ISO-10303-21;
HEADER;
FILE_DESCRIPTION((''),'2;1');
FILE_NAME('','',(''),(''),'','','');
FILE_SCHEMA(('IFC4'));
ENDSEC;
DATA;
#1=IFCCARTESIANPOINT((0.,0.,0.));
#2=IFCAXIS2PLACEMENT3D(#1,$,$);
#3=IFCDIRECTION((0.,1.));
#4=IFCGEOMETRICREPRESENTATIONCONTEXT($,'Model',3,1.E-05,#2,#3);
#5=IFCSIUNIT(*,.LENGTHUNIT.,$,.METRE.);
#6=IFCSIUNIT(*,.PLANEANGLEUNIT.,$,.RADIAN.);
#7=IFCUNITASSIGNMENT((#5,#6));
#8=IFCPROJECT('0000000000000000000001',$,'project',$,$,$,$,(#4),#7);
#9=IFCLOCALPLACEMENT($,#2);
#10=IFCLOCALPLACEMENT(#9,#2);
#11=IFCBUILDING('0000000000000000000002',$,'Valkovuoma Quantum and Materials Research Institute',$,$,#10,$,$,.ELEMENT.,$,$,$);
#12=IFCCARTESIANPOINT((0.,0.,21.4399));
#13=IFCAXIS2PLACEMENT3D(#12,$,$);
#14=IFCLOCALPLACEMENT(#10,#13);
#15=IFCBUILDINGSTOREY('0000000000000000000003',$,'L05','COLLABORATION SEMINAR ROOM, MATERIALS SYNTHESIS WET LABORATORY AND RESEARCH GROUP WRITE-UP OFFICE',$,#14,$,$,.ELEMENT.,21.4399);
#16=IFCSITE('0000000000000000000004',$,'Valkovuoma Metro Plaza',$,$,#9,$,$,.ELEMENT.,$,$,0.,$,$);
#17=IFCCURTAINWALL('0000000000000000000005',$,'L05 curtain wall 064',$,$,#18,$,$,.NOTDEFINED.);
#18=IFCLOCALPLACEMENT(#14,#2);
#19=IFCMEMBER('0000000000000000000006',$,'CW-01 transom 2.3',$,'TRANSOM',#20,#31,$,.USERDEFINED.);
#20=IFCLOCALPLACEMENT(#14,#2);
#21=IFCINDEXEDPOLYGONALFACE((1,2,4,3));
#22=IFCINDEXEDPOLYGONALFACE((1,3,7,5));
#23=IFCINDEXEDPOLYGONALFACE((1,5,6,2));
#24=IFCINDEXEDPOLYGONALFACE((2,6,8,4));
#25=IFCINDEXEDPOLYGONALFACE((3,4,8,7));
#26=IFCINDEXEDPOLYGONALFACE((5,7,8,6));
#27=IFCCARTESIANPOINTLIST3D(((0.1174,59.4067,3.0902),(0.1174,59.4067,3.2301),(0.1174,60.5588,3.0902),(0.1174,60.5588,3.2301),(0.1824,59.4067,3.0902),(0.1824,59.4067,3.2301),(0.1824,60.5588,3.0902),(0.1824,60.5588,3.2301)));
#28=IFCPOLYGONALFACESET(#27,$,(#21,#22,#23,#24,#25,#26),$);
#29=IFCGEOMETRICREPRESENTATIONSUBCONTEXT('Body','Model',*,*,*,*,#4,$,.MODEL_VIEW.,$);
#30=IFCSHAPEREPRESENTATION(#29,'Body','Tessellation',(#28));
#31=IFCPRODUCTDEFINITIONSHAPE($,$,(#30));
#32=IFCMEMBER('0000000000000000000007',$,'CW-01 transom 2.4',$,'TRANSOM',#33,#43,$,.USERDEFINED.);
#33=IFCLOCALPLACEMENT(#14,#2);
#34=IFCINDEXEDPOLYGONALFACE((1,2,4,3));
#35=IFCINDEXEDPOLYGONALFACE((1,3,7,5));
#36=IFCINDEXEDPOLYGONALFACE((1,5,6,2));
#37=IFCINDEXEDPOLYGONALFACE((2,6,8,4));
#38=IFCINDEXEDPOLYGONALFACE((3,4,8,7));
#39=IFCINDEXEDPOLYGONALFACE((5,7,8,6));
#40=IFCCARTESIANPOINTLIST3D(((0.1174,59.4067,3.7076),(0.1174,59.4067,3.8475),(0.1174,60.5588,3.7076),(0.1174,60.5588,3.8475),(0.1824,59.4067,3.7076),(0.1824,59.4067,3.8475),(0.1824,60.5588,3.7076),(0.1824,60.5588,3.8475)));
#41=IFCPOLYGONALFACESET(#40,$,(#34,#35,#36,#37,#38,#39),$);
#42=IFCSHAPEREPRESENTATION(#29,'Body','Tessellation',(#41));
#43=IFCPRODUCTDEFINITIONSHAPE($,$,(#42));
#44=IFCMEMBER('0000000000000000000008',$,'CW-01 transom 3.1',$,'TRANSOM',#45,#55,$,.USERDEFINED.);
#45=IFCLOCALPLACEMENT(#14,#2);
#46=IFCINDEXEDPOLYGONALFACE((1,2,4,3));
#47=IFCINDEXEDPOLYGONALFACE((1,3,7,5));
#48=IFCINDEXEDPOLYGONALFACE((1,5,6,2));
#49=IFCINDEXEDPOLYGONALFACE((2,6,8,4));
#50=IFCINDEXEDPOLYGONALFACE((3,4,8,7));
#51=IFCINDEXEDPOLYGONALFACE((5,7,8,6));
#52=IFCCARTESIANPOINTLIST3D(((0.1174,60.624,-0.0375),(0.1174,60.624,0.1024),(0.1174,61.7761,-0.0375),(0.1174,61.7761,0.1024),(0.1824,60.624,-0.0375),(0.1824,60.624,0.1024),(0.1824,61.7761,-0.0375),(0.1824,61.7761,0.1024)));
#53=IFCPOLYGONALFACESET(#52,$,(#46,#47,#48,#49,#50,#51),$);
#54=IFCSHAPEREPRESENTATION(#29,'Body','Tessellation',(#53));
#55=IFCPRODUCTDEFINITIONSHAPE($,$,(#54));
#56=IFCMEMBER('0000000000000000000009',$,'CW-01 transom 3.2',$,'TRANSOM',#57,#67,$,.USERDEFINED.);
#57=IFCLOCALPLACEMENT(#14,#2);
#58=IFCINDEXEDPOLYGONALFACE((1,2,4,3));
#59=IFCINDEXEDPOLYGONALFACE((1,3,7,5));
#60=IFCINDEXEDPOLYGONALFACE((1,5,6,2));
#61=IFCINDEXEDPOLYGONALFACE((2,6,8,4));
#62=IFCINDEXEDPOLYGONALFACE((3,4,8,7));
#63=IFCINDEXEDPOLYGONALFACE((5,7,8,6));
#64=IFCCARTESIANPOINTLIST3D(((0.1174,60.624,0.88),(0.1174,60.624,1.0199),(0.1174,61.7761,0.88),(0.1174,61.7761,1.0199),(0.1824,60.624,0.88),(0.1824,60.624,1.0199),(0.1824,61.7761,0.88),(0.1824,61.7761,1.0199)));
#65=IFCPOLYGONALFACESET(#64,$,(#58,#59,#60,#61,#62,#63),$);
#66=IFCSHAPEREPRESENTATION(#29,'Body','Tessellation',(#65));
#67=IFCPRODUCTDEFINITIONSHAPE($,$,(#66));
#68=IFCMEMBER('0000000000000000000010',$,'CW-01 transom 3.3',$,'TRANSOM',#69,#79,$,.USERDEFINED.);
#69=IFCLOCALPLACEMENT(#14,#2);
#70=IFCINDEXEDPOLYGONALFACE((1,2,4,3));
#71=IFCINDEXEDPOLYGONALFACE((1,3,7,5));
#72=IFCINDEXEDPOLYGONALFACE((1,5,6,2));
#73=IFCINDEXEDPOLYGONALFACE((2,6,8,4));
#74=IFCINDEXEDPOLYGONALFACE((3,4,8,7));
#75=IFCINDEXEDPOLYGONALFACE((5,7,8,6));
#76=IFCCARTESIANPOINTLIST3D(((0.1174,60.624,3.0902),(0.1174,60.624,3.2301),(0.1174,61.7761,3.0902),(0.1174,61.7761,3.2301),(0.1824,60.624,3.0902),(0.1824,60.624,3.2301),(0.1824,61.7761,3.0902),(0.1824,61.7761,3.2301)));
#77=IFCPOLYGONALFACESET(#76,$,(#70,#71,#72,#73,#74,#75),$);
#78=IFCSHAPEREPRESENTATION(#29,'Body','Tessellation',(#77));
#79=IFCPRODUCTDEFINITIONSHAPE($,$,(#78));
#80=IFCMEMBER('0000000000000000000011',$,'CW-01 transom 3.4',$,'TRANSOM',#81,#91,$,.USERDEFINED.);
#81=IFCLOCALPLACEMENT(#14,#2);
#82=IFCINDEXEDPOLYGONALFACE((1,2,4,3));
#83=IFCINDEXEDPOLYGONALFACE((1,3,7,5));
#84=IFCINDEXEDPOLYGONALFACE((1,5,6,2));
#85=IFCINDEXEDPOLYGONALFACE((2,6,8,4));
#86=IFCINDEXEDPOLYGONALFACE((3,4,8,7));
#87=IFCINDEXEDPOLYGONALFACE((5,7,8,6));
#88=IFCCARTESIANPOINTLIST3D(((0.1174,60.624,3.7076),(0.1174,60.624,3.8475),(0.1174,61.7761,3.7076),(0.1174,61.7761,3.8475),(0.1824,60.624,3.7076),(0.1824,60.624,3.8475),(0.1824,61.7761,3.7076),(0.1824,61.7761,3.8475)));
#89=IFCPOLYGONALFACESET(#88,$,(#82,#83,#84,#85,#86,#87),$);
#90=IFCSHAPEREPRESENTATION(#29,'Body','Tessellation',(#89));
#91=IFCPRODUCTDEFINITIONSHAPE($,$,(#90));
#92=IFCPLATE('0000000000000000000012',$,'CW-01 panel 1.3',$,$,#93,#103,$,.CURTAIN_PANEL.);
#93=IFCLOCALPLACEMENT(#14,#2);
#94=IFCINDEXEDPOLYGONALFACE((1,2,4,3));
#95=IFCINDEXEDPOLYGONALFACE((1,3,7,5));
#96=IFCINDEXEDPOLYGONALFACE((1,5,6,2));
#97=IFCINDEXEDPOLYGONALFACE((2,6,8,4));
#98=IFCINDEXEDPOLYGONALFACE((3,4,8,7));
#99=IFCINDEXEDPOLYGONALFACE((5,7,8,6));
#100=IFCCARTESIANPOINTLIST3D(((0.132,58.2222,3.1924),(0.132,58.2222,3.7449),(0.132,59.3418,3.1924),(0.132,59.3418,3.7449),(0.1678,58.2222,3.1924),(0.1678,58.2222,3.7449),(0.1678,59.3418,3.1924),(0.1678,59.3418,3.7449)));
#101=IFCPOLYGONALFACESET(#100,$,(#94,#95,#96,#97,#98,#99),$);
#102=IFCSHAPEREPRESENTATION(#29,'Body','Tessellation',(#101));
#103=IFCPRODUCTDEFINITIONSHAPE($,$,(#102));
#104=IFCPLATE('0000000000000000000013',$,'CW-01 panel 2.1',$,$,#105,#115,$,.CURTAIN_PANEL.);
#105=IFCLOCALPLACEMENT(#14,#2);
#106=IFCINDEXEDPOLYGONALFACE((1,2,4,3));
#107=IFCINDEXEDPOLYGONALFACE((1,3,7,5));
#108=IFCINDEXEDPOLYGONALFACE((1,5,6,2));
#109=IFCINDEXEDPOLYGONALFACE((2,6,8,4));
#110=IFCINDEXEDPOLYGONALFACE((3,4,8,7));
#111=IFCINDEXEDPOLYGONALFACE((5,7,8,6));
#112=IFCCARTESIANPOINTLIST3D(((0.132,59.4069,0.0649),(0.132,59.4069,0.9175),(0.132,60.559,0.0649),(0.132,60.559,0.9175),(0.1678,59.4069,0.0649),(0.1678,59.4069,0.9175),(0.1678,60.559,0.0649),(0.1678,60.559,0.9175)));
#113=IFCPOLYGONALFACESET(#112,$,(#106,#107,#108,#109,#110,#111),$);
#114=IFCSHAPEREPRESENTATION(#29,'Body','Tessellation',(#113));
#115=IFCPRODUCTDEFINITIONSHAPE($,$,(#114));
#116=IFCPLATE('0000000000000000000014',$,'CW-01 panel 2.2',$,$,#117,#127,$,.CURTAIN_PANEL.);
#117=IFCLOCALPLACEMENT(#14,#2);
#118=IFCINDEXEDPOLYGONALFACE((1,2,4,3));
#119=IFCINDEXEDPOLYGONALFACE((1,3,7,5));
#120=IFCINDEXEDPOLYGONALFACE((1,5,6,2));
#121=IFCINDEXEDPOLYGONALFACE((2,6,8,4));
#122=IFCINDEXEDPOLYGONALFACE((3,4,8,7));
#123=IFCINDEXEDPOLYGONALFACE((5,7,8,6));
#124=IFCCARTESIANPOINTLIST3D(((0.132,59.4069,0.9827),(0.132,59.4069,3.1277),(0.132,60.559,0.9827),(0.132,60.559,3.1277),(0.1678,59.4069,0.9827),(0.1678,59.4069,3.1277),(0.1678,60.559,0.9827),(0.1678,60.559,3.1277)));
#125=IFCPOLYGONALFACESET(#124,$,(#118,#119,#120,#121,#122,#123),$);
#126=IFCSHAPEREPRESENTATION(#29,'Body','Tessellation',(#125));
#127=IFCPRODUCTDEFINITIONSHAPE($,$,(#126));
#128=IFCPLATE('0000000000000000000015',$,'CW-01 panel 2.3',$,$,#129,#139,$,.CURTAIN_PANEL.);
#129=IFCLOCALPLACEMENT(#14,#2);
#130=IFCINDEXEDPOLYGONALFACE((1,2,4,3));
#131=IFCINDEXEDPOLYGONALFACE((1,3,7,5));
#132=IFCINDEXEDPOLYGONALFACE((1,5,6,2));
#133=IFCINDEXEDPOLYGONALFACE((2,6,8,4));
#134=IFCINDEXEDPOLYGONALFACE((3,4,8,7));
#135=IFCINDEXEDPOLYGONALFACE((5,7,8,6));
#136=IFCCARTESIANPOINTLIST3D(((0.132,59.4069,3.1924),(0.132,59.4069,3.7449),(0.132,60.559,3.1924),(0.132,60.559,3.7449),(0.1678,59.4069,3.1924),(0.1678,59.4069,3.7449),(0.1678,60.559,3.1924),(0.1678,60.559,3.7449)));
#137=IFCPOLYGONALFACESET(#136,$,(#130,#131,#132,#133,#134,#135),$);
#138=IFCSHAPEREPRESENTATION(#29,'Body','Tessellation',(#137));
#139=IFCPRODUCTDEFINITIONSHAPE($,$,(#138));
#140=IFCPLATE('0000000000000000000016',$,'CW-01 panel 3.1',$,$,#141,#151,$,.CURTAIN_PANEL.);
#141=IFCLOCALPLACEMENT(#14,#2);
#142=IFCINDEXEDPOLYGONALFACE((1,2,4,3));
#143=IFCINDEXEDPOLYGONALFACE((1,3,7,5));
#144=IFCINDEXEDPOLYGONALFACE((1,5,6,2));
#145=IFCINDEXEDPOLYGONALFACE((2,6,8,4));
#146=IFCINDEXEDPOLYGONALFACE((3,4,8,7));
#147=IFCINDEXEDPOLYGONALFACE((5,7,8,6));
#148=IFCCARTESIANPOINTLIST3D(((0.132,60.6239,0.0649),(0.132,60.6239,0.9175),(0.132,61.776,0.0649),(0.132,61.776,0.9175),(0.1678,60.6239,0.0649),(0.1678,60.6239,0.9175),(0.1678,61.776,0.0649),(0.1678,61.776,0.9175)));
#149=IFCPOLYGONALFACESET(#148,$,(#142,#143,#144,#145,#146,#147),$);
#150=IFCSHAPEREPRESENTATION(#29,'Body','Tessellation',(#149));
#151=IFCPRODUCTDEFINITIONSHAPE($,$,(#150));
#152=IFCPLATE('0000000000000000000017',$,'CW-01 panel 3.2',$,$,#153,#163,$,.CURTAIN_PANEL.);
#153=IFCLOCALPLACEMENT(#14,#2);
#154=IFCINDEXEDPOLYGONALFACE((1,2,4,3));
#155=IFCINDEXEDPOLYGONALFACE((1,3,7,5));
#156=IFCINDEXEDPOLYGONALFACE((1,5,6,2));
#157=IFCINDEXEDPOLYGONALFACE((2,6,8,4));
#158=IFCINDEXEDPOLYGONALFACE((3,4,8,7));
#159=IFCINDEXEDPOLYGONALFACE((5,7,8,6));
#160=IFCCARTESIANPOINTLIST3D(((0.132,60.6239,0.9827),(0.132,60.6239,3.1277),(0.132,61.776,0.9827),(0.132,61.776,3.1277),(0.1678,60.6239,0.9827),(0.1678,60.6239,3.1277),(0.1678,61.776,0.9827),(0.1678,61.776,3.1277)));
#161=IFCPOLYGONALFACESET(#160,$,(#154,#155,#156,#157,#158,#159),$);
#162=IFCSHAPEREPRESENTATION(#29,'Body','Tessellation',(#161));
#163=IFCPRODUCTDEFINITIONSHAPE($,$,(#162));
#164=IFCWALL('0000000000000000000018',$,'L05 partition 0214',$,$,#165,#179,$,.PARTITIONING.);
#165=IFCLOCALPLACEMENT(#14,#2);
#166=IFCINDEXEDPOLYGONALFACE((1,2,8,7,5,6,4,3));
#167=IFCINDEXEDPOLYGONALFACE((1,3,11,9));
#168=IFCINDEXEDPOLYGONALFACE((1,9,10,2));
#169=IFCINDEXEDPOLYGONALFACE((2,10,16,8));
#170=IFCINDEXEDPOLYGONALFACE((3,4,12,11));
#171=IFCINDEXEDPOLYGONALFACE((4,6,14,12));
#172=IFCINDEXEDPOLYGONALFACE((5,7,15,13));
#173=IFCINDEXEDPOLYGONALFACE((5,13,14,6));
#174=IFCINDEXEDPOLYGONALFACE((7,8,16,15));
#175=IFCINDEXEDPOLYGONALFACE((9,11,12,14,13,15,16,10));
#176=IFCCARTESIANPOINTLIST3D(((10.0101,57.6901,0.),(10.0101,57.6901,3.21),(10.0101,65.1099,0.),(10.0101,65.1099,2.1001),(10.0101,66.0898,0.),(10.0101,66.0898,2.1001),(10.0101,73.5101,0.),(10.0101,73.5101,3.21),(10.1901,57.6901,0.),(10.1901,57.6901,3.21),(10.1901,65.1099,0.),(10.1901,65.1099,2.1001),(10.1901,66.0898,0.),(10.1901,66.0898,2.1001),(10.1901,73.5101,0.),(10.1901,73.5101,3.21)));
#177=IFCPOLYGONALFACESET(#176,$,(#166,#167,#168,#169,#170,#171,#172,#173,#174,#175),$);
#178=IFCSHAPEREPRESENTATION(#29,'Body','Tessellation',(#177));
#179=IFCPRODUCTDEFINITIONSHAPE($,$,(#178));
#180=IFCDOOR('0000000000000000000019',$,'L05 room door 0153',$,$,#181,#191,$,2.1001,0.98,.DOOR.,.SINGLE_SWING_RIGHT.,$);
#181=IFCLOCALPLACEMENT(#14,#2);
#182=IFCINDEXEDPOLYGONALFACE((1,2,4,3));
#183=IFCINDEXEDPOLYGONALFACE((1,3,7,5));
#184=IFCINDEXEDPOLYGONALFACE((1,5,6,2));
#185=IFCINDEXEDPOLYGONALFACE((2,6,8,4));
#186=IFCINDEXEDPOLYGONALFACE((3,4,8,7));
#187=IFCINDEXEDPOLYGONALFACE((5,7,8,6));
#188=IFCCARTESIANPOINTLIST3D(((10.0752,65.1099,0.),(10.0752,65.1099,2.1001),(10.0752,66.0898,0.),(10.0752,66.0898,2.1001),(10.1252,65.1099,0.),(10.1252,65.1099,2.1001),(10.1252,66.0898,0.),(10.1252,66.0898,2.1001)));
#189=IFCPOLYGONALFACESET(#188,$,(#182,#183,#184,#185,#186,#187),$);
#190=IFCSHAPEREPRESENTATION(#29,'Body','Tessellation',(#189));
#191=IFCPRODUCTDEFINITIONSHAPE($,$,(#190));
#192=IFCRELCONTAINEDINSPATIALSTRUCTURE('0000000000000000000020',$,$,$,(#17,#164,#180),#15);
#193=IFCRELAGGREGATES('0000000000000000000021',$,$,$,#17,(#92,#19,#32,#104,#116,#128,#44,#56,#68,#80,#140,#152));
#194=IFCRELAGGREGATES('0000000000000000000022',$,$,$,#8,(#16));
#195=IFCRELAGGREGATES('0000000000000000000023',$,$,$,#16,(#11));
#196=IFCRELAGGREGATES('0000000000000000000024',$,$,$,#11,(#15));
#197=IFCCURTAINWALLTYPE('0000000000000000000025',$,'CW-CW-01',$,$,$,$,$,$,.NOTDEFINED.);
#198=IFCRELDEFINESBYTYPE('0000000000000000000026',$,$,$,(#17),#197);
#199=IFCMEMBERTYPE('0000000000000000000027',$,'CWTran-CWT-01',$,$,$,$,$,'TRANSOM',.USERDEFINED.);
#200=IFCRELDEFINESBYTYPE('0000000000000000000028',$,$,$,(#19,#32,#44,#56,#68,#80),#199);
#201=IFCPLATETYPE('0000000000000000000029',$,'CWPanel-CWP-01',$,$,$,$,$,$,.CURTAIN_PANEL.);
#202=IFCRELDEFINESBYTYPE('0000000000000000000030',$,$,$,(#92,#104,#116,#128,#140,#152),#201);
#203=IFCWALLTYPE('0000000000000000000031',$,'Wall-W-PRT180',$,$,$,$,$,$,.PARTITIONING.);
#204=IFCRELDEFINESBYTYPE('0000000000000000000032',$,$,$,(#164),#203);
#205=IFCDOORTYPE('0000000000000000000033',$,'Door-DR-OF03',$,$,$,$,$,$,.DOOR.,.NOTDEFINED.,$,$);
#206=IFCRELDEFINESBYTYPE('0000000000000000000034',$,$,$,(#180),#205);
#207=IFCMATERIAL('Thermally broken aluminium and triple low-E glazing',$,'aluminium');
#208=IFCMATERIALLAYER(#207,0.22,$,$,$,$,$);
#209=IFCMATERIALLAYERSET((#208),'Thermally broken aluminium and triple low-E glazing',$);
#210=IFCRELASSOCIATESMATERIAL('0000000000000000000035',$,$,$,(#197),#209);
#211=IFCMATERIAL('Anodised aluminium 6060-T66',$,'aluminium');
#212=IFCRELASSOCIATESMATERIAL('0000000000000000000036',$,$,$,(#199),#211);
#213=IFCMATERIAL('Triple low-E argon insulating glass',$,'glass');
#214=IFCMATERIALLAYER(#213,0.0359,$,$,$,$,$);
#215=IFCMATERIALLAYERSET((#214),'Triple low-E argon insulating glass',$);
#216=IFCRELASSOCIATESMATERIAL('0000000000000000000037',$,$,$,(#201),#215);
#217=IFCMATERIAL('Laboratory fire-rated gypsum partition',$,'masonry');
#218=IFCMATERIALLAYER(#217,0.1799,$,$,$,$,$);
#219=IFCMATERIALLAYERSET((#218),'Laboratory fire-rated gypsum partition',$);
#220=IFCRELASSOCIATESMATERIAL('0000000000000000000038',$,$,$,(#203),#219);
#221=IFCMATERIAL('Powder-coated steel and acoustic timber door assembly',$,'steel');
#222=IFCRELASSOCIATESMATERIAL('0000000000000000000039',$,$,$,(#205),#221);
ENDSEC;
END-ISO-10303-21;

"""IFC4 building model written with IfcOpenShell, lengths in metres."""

from ifc_helpers import new_model, si_unit, direction, frame, frame_2d, origin, origin_2d, place, context, subcontext, project, spatial, rectangle, extrude, material, layer, layer_set, material_profile, profile_set, type_object, element, fill, aggregate, save


model = new_model("IFC4")

# Units and contexts
model_context = context("Model", 3, precision=1e-05, world=origin(), true_north=direction((0.0, 1.0)))
body_context = subcontext(model_context, "Body", "Model", "MODEL_VIEW")
ifc_project = project(units=[si_unit("LENGTHUNIT", "METRE"), si_unit("PLANEANGLEUNIT", "RADIAN")], contexts=[model_context])

# Site, building, storey
site_placement = place(None, origin())
site = spatial("IfcSite", under=ifc_project, at=site_placement, Name="Valkovuoma Metro Plaza", CompositionType="ELEMENT", RefElevation=0.0)
building_placement = place(site_placement, origin())
building = spatial("IfcBuilding", under=site, at=building_placement, Name="Valkovuoma Quantum and Materials Research Institute", CompositionType="ELEMENT")
storey_placement = place(building_placement, frame((0.0, 0.0, 21.4399)))
storey = spatial("IfcBuildingStorey", under=building, at=storey_placement, Name="L05", Description="COLLABORATION SEMINAR ROOM, MATERIALS SYNTHESIS WET LABORATORY AND RESEARCH GROUP WRITE-UP OFFICE", CompositionType="ELEMENT", Elevation=21.4399)

# Curtain wall, members, plates
ifc_material_1 = material(Name="Thermally broken aluminium and triple low-E glazing", Category="aluminium")
ifc_layer_1 = layer(ifc_material_1, 0.22)
ifc_layer_set_1 = layer_set([ifc_layer_1], Name="Thermally broken aluminium and triple low-E glazing")
curtain_wall_type = type_object("IfcCurtainWallType", Name="CW-CW-01", PredefinedType="NOTDEFINED", material=ifc_layer_set_1)
curtain_wall_placement = place(storey_placement, origin())
curtain_wall = element("IfcCurtainWall", 1, at=curtain_wall_placement, inside=storey, type_object=curtain_wall_type, Name="L05 curtain wall 064", PredefinedType="NOTDEFINED")
ifc_material_2 = material(Name="Anodised aluminium 6060-T66", Category="aluminium")
ifc_material_profile_1 = material_profile(ifc_material_2, rectangle(XDim=0.0649, YDim=0.1399, at=origin_2d()), Name="Anodised aluminium 6060-T66")
ifc_profile_set_1 = profile_set([ifc_material_profile_1], Name="Anodised aluminium 6060-T66")
member_type_1 = type_object("IfcMemberType", Name="CWTran-CWT-01", ElementType="TRANSOM", PredefinedType="USERDEFINED", material=ifc_profile_set_1)
member_1_placement = place(storey_placement, frame((0.1499, 59.4067, 3.1602), z_axis=(0.0, 1.0, 0.0), x_axis=(-1.0, 0.0, 0.0)))
member_1 = element("IfcMember", 2, at=member_1_placement, type_object=member_type_1, Name="CW-01 transom 2.3", ObjectType="TRANSOM", PredefinedType="USERDEFINED", context=body_context, shape_type="SweptSolid", body=[
    extrude(rectangle(XDim=0.0649, YDim=0.1399, at=origin_2d()), origin(), (0.0, 0.0, 1.0), 1.1521),
])
member_2_placement = place(storey_placement, frame((0.1499, 59.4067, 3.7776), z_axis=(0.0, 1.0, 0.0), x_axis=(-1.0, 0.0, 0.0)))
member_2 = element("IfcMember", 3, at=member_2_placement, type_object=member_type_1, Name="CW-01 transom 2.4", ObjectType="TRANSOM", PredefinedType="USERDEFINED", context=body_context, shape_type="SweptSolid", body=[
    extrude(rectangle(XDim=0.0649, YDim=0.1399, at=origin_2d()), origin(), (0.0, 0.0, 1.0), 1.1521),
])
member_3_placement = place(storey_placement, frame((0.1499, 60.624, 0.0325), z_axis=(0.0, 1.0, 0.0), x_axis=(-1.0, 0.0, 0.0)))
member_3 = element("IfcMember", 4, at=member_3_placement, type_object=member_type_1, Name="CW-01 transom 3.1", ObjectType="TRANSOM", PredefinedType="USERDEFINED", context=body_context, shape_type="SweptSolid", body=[
    extrude(rectangle(XDim=0.0649, YDim=0.1399, at=origin_2d()), origin(), (0.0, 0.0, 1.0), 1.1521),
])
member_4_placement = place(storey_placement, frame((0.1499, 60.624, 0.95), z_axis=(0.0, 1.0, 0.0), x_axis=(-1.0, 0.0, 0.0)))
member_4 = element("IfcMember", 5, at=member_4_placement, type_object=member_type_1, Name="CW-01 transom 3.2", ObjectType="TRANSOM", PredefinedType="USERDEFINED", context=body_context, shape_type="SweptSolid", body=[
    extrude(rectangle(XDim=0.0649, YDim=0.1399, at=origin_2d()), origin(), (0.0, 0.0, 1.0), 1.1521),
])
member_5_placement = place(storey_placement, frame((0.1499, 60.624, 3.1602), z_axis=(0.0, 1.0, 0.0), x_axis=(-1.0, 0.0, 0.0)))
member_5 = element("IfcMember", 6, at=member_5_placement, type_object=member_type_1, Name="CW-01 transom 3.3", ObjectType="TRANSOM", PredefinedType="USERDEFINED", context=body_context, shape_type="SweptSolid", body=[
    extrude(rectangle(XDim=0.0649, YDim=0.1399, at=origin_2d()), origin(), (0.0, 0.0, 1.0), 1.1521),
])
member_6_placement = place(storey_placement, frame((0.1499, 60.624, 3.7776), z_axis=(0.0, 1.0, 0.0), x_axis=(-1.0, 0.0, 0.0)))
member_6 = element("IfcMember", 7, at=member_6_placement, type_object=member_type_1, Name="CW-01 transom 3.4", ObjectType="TRANSOM", PredefinedType="USERDEFINED", context=body_context, shape_type="SweptSolid", body=[
    extrude(rectangle(XDim=0.0649, YDim=0.1399, at=origin_2d()), origin(), (0.0, 0.0, 1.0), 1.1521),
])
ifc_material_3 = material(Name="Triple low-E argon insulating glass", Category="glass")
ifc_layer_2 = layer(ifc_material_3, 0.0359)
ifc_layer_set_2 = layer_set([ifc_layer_2], Name="Triple low-E argon insulating glass")
plate_type = type_object("IfcPlateType", Name="CWPanel-CWP-01", PredefinedType="CURTAIN_PANEL", material=ifc_layer_set_2)
plate_1_placement = place(storey_placement, frame((0.1499, 58.782, 3.1924), z_axis=(0.0, 0.0, 1.0), x_axis=(0.0, 1.0, 0.0)))
plate_1 = element("IfcPlate", 8, at=plate_1_placement, type_object=plate_type, Name="CW-01 panel 1.3", PredefinedType="CURTAIN_PANEL", context=body_context, shape_type="SweptSolid", body=[
    extrude(rectangle(XDim=1.1196, YDim=0.0359, at=origin_2d()), origin(), (0.0, 0.0, 1.0), 0.5525),
])
plate_2_placement = place(storey_placement, frame((0.1499, 59.9829, 0.0649), z_axis=(0.0, 0.0, 1.0), x_axis=(0.0, 1.0, 0.0)))
plate_2 = element("IfcPlate", 9, at=plate_2_placement, type_object=plate_type, Name="CW-01 panel 2.1", PredefinedType="CURTAIN_PANEL", context=body_context, shape_type="SweptSolid", body=[
    extrude(rectangle(XDim=1.1521, YDim=0.0359, at=origin_2d()), origin(), (0.0, 0.0, 1.0), 0.8525),
])
plate_3_placement = place(storey_placement, frame((0.1499, 59.9829, 0.9827), z_axis=(0.0, 0.0, 1.0), x_axis=(0.0, 1.0, 0.0)))
plate_3 = element("IfcPlate", 10, at=plate_3_placement, type_object=plate_type, Name="CW-01 panel 2.2", PredefinedType="CURTAIN_PANEL", context=body_context, shape_type="SweptSolid", body=[
    extrude(rectangle(XDim=1.1521, YDim=0.0359, at=origin_2d()), origin(), (0.0, 0.0, 1.0), 2.145),
])
plate_4_placement = place(storey_placement, frame((0.1499, 59.9829, 3.1924), z_axis=(0.0, 0.0, 1.0), x_axis=(0.0, 1.0, 0.0)))
plate_4 = element("IfcPlate", 11, at=plate_4_placement, type_object=plate_type, Name="CW-01 panel 2.3", PredefinedType="CURTAIN_PANEL", context=body_context, shape_type="SweptSolid", body=[
    extrude(rectangle(XDim=1.1521, YDim=0.0359, at=origin_2d()), origin(), (0.0, 0.0, 1.0), 0.5525),
])
plate_5_placement = place(storey_placement, frame((0.1499, 61.2, 0.0649), z_axis=(0.0, 0.0, 1.0), x_axis=(0.0, 1.0, 0.0)))
plate_5 = element("IfcPlate", 12, at=plate_5_placement, type_object=plate_type, Name="CW-01 panel 3.1", PredefinedType="CURTAIN_PANEL", context=body_context, shape_type="SweptSolid", body=[
    extrude(rectangle(XDim=1.1521, YDim=0.0359, at=origin_2d()), origin(), (0.0, 0.0, 1.0), 0.8525),
])
plate_6_placement = place(storey_placement, frame((0.1499, 61.2, 0.9827), z_axis=(0.0, 0.0, 1.0), x_axis=(0.0, 1.0, 0.0)))
plate_6 = element("IfcPlate", 13, at=plate_6_placement, type_object=plate_type, Name="CW-01 panel 3.2", PredefinedType="CURTAIN_PANEL", context=body_context, shape_type="SweptSolid", body=[
    extrude(rectangle(XDim=1.1521, YDim=0.0359, at=origin_2d()), origin(), (0.0, 0.0, 1.0), 2.145),
])
aggregate(curtain_wall, [plate_1, member_1, member_2, plate_2, plate_3, plate_4, member_3, member_4, member_5, member_6, plate_5, plate_6])

# Wall, opening, door
ifc_material_4 = material(Name="Laboratory fire-rated gypsum partition", Category="masonry")
ifc_layer_3 = layer(ifc_material_4, 0.1799)
ifc_layer_set_3 = layer_set([ifc_layer_3], Name="Laboratory fire-rated gypsum partition")
wall_type = type_object("IfcWallType", Name="Wall-W-PRT180", PredefinedType="PARTITIONING", material=ifc_layer_set_3)
wall_placement = place(storey_placement, frame((10.1001, 57.6899, 0.0), z_axis=(0.0, 0.0, 1.0), x_axis=(0.0, 1.0, 0.0)))
wall = element("IfcWall", 14, at=wall_placement, inside=storey, type_object=wall_type, Name="L05 partition 0214", PredefinedType="PARTITIONING", context=body_context, shape_type="SweptSolid", body=[
    extrude(rectangle(XDim=15.8201, YDim=0.1799, at=frame_2d((7.9102, 0.0))), origin(), (0.0, 0.0, 1.0), 3.21),
])
opening_placement = place(wall_placement, frame((7.4199, 0.0, 0.0)))
opening = element("IfcOpeningElement", 15, at=opening_placement, cuts=wall, PredefinedType="OPENING", context=body_context, shape_type="SweptSolid", body=[
    extrude(rectangle(XDim=0.98, YDim=2.1001, at=frame_2d((0.49, 1.05))), frame((0.0, 0.1001, 0.0), z_axis=(0.0, -1.0, 0.0), x_axis=(1.0, 0.0, 0.0)), (0.0, 0.0, 1.0), 0.2),
])
ifc_material_5 = material(Name="Powder-coated steel and acoustic timber door assembly", Category="steel")
door_type = type_object("IfcDoorType", Name="Door-DR-OF03", OperationType="NOTDEFINED", PredefinedType="DOOR", material=ifc_material_5)
door_placement = place(opening_placement, origin())
door = element("IfcDoor", 16, at=door_placement, inside=storey, type_object=door_type, Name="L05 room door 0153", OperationType="SINGLE_SWING_RIGHT", OverallHeight=2.1001, OverallWidth=0.98, PredefinedType="DOOR", context=body_context, shape_type="SweptSolid", body=[
    extrude(rectangle(XDim=0.98, YDim=2.1001, at=frame_2d((0.49, 1.05))), frame((0.0, 0.0249, 0.0), z_axis=(0.0, -1.0, 0.0), x_axis=(1.0, 0.0, 0.0)), (0.0, 0.0, 1.0), 0.05),
])
fill(opening, door)

save(model, "model.ifc")
